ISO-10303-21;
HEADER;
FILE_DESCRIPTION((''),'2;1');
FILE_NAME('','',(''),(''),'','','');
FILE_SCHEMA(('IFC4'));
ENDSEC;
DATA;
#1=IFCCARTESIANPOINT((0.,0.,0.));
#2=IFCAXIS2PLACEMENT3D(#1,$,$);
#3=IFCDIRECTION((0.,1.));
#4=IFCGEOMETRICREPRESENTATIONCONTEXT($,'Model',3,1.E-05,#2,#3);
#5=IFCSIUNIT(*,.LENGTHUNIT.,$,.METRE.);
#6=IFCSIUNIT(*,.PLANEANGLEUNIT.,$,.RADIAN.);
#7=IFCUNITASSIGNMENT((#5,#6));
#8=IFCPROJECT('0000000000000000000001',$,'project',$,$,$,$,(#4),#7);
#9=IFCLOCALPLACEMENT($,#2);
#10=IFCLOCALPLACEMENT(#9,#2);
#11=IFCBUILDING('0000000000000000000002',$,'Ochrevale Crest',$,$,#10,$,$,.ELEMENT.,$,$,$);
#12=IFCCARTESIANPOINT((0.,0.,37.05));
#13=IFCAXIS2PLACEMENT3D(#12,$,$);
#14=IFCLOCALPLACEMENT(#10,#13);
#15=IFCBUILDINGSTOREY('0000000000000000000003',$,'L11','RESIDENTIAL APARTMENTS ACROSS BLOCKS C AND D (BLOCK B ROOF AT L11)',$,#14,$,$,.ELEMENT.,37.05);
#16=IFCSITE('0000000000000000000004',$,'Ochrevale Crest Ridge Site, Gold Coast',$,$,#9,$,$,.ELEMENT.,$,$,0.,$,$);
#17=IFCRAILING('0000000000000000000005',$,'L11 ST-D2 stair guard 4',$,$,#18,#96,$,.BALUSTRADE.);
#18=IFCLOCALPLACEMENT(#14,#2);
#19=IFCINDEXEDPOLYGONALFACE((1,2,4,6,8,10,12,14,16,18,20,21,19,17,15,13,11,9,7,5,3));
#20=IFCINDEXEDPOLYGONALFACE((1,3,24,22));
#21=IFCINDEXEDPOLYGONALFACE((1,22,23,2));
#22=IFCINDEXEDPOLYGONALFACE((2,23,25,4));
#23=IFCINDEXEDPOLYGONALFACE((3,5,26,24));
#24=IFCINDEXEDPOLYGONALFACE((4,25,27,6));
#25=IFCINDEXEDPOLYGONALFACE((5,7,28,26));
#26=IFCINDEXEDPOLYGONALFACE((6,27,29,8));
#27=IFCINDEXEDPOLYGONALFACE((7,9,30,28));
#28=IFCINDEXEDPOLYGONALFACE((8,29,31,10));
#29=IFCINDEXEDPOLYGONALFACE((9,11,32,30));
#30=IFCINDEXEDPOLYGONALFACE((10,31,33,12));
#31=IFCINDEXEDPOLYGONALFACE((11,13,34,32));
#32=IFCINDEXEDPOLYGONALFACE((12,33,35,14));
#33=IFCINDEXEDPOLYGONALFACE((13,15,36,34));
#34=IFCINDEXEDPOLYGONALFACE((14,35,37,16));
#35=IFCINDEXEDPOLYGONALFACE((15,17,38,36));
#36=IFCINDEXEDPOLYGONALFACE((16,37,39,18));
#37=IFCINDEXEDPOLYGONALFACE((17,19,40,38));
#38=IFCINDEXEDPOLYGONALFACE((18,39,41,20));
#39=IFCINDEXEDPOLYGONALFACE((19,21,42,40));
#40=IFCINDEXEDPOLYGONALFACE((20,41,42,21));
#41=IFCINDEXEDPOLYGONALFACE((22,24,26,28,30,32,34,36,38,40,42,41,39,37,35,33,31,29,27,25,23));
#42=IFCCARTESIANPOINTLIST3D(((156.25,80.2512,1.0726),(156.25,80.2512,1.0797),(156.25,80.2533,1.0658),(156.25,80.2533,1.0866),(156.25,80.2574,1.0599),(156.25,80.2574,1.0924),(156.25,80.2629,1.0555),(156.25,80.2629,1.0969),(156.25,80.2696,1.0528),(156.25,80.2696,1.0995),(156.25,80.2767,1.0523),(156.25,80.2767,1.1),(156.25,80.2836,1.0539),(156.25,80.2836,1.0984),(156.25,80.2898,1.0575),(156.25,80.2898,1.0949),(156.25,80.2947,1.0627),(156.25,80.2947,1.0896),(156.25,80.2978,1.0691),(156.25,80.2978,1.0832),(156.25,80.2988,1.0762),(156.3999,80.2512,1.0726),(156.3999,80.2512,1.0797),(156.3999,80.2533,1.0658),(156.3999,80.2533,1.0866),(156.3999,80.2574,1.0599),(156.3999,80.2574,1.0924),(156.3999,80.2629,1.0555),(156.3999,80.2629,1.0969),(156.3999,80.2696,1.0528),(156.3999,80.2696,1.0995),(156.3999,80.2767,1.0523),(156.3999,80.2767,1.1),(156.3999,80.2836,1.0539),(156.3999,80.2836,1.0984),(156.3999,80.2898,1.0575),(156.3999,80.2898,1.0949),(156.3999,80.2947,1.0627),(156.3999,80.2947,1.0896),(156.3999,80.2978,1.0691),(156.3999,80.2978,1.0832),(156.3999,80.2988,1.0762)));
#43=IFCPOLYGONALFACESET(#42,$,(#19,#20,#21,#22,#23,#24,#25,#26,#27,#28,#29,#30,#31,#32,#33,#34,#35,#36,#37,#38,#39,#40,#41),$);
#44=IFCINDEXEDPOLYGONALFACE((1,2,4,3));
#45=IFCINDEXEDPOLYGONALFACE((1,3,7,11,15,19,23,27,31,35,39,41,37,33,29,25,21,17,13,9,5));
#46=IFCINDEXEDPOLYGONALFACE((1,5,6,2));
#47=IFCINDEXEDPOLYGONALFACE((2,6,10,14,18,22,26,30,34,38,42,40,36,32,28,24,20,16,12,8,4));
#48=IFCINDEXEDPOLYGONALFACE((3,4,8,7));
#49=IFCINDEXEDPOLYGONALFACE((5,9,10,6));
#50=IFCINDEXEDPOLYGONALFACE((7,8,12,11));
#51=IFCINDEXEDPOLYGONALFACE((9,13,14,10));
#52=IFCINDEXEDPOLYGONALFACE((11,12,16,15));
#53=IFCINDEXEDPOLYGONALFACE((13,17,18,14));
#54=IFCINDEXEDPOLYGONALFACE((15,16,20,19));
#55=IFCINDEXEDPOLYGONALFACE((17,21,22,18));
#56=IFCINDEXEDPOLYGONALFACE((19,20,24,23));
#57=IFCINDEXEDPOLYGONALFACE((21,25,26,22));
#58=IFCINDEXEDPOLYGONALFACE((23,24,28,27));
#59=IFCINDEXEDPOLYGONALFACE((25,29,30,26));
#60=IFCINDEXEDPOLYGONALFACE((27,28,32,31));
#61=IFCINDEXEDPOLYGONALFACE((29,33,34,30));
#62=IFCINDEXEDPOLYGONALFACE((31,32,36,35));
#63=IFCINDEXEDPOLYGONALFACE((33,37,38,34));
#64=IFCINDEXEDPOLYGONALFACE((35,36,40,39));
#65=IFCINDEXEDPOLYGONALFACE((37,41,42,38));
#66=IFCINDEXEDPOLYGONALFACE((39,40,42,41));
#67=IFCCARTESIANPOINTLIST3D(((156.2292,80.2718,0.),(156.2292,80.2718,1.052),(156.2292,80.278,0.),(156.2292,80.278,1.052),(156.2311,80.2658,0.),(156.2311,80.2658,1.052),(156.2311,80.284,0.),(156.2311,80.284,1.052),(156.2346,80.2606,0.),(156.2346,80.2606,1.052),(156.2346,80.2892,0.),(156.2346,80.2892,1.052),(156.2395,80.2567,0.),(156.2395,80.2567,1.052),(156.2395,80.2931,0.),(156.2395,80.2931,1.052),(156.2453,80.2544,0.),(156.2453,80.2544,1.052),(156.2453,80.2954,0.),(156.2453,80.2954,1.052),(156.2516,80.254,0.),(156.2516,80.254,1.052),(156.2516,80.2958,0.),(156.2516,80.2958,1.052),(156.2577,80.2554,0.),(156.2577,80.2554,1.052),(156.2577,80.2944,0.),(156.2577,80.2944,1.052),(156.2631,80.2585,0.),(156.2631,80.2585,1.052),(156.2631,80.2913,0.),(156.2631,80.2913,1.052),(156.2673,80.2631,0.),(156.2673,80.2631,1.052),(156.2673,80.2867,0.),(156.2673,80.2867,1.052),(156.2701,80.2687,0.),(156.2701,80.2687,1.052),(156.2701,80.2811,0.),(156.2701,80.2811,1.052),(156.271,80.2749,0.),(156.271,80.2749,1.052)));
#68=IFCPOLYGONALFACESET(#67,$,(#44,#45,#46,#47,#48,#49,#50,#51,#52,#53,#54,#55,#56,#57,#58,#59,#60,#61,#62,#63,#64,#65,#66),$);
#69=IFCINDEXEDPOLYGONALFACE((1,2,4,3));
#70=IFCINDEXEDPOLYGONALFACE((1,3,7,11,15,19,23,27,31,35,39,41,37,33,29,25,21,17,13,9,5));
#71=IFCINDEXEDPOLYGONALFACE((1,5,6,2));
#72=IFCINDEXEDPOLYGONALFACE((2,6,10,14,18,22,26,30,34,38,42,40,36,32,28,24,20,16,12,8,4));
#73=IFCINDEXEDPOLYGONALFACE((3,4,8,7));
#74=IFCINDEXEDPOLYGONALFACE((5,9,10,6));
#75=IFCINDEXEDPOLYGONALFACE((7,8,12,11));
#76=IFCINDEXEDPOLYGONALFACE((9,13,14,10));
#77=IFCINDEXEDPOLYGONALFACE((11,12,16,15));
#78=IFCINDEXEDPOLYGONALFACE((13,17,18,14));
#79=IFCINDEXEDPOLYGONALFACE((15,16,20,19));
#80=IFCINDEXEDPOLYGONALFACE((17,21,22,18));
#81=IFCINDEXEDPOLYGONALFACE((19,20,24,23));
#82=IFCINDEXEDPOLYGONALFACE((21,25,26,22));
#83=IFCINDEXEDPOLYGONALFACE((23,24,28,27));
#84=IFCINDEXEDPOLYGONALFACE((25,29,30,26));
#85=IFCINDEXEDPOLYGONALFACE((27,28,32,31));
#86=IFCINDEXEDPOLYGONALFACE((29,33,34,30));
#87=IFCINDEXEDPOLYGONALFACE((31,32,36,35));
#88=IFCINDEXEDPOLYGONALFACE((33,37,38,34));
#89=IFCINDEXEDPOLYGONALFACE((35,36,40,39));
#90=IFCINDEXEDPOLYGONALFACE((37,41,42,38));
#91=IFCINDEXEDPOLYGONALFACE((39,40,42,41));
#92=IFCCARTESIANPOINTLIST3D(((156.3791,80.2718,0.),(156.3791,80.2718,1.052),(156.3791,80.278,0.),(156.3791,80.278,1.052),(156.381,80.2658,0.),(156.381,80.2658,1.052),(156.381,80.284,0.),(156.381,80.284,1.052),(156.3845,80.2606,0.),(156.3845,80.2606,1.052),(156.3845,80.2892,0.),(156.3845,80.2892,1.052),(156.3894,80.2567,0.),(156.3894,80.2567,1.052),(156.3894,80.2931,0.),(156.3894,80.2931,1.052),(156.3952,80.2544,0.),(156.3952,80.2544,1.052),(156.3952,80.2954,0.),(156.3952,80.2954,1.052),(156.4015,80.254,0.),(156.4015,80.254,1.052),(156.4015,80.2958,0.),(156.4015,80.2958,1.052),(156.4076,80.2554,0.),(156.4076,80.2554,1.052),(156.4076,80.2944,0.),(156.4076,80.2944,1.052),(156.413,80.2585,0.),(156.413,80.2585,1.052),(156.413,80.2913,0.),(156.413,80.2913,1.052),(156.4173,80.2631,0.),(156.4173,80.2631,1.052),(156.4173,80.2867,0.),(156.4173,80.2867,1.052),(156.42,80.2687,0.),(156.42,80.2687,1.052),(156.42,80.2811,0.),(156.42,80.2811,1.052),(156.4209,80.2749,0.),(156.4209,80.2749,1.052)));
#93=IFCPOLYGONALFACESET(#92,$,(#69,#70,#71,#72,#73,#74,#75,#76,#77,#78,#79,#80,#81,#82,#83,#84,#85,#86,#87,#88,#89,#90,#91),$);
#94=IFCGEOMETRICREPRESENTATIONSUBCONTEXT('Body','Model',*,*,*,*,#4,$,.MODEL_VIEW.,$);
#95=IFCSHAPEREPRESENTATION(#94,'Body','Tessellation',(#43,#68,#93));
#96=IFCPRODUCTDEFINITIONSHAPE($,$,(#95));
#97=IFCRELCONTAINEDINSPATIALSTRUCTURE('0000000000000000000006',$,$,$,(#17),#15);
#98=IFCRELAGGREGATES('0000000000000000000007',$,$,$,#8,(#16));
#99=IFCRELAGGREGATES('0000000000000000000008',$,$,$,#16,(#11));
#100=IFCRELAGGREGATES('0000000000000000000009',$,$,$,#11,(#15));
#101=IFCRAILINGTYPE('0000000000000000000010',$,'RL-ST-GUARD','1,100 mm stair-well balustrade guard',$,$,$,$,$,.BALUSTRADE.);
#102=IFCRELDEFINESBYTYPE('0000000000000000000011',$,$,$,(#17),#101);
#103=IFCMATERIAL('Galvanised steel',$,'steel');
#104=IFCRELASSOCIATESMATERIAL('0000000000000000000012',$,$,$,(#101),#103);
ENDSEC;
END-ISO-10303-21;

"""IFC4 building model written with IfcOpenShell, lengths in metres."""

from ifc_helpers import new_model, si_unit, direction, frame, origin, origin_2d, place, context, subcontext, project, spatial, circle, extrude, material, type_object, element, save


model = new_model("IFC4")

# Units and contexts
model_context = context("Model", 3, precision=1e-05, world=origin(), true_north=direction((0.0, 1.0)))
body_context = subcontext(model_context, "Body", "Model", "MODEL_VIEW")
ifc_project = project(units=[si_unit("LENGTHUNIT", "METRE"), si_unit("PLANEANGLEUNIT", "RADIAN")], contexts=[model_context])

# Site, building, storey
site_placement = place(None, origin())
site = spatial("IfcSite", under=ifc_project, at=site_placement, Name="Ochrevale Crest Ridge Site, Gold Coast", CompositionType="ELEMENT", RefElevation=0.0)
building_placement = place(site_placement, origin())
building = spatial("IfcBuilding", under=site, at=building_placement, Name="Ochrevale Crest", CompositionType="ELEMENT")
storey_placement = place(building_placement, frame((0.0, 0.0, 37.05)))
storey = spatial("IfcBuildingStorey", under=building, at=storey_placement, Name="L11", Description="RESIDENTIAL APARTMENTS ACROSS BLOCKS C AND D (BLOCK B ROOF AT L11)", CompositionType="ELEMENT", Elevation=37.05)

# Railing
ifc_material_1 = material(Name="Galvanised steel", Category="steel")
railing_type = type_object("IfcRailingType", Name="RL-ST-GUARD", Description="1,100 mm stair-well balustrade guard", PredefinedType="BALUSTRADE", material=ifc_material_1)
railing_placement = place(storey_placement, frame((156.25, 80.2749, 0.0)))
element("IfcRailing", 1, at=railing_placement, inside=storey, type_object=railing_type, Name="L11 ST-D2 stair guard 4", PredefinedType="BALUSTRADE", context=body_context, shape_type="SweptSolid", body=[
    extrude(circle(Radius=0.0239, at=origin_2d()), frame((0.0, 0.0, 1.0762), z_axis=(1.0, 0.0, 0.0), x_axis=(0.0, 1.0, 0.0)), (0.0, 0.0, 1.0), 0.1499),
    extrude(circle(Radius=0.021, at=origin_2d()), origin(), (0.0, 0.0, 1.0), 1.052),
    extrude(circle(Radius=0.021, at=origin_2d()), frame((0.1499, 0.0, 0.0)), (0.0, 0.0, 1.0), 1.052),
])

save(model, "model.ifc")
